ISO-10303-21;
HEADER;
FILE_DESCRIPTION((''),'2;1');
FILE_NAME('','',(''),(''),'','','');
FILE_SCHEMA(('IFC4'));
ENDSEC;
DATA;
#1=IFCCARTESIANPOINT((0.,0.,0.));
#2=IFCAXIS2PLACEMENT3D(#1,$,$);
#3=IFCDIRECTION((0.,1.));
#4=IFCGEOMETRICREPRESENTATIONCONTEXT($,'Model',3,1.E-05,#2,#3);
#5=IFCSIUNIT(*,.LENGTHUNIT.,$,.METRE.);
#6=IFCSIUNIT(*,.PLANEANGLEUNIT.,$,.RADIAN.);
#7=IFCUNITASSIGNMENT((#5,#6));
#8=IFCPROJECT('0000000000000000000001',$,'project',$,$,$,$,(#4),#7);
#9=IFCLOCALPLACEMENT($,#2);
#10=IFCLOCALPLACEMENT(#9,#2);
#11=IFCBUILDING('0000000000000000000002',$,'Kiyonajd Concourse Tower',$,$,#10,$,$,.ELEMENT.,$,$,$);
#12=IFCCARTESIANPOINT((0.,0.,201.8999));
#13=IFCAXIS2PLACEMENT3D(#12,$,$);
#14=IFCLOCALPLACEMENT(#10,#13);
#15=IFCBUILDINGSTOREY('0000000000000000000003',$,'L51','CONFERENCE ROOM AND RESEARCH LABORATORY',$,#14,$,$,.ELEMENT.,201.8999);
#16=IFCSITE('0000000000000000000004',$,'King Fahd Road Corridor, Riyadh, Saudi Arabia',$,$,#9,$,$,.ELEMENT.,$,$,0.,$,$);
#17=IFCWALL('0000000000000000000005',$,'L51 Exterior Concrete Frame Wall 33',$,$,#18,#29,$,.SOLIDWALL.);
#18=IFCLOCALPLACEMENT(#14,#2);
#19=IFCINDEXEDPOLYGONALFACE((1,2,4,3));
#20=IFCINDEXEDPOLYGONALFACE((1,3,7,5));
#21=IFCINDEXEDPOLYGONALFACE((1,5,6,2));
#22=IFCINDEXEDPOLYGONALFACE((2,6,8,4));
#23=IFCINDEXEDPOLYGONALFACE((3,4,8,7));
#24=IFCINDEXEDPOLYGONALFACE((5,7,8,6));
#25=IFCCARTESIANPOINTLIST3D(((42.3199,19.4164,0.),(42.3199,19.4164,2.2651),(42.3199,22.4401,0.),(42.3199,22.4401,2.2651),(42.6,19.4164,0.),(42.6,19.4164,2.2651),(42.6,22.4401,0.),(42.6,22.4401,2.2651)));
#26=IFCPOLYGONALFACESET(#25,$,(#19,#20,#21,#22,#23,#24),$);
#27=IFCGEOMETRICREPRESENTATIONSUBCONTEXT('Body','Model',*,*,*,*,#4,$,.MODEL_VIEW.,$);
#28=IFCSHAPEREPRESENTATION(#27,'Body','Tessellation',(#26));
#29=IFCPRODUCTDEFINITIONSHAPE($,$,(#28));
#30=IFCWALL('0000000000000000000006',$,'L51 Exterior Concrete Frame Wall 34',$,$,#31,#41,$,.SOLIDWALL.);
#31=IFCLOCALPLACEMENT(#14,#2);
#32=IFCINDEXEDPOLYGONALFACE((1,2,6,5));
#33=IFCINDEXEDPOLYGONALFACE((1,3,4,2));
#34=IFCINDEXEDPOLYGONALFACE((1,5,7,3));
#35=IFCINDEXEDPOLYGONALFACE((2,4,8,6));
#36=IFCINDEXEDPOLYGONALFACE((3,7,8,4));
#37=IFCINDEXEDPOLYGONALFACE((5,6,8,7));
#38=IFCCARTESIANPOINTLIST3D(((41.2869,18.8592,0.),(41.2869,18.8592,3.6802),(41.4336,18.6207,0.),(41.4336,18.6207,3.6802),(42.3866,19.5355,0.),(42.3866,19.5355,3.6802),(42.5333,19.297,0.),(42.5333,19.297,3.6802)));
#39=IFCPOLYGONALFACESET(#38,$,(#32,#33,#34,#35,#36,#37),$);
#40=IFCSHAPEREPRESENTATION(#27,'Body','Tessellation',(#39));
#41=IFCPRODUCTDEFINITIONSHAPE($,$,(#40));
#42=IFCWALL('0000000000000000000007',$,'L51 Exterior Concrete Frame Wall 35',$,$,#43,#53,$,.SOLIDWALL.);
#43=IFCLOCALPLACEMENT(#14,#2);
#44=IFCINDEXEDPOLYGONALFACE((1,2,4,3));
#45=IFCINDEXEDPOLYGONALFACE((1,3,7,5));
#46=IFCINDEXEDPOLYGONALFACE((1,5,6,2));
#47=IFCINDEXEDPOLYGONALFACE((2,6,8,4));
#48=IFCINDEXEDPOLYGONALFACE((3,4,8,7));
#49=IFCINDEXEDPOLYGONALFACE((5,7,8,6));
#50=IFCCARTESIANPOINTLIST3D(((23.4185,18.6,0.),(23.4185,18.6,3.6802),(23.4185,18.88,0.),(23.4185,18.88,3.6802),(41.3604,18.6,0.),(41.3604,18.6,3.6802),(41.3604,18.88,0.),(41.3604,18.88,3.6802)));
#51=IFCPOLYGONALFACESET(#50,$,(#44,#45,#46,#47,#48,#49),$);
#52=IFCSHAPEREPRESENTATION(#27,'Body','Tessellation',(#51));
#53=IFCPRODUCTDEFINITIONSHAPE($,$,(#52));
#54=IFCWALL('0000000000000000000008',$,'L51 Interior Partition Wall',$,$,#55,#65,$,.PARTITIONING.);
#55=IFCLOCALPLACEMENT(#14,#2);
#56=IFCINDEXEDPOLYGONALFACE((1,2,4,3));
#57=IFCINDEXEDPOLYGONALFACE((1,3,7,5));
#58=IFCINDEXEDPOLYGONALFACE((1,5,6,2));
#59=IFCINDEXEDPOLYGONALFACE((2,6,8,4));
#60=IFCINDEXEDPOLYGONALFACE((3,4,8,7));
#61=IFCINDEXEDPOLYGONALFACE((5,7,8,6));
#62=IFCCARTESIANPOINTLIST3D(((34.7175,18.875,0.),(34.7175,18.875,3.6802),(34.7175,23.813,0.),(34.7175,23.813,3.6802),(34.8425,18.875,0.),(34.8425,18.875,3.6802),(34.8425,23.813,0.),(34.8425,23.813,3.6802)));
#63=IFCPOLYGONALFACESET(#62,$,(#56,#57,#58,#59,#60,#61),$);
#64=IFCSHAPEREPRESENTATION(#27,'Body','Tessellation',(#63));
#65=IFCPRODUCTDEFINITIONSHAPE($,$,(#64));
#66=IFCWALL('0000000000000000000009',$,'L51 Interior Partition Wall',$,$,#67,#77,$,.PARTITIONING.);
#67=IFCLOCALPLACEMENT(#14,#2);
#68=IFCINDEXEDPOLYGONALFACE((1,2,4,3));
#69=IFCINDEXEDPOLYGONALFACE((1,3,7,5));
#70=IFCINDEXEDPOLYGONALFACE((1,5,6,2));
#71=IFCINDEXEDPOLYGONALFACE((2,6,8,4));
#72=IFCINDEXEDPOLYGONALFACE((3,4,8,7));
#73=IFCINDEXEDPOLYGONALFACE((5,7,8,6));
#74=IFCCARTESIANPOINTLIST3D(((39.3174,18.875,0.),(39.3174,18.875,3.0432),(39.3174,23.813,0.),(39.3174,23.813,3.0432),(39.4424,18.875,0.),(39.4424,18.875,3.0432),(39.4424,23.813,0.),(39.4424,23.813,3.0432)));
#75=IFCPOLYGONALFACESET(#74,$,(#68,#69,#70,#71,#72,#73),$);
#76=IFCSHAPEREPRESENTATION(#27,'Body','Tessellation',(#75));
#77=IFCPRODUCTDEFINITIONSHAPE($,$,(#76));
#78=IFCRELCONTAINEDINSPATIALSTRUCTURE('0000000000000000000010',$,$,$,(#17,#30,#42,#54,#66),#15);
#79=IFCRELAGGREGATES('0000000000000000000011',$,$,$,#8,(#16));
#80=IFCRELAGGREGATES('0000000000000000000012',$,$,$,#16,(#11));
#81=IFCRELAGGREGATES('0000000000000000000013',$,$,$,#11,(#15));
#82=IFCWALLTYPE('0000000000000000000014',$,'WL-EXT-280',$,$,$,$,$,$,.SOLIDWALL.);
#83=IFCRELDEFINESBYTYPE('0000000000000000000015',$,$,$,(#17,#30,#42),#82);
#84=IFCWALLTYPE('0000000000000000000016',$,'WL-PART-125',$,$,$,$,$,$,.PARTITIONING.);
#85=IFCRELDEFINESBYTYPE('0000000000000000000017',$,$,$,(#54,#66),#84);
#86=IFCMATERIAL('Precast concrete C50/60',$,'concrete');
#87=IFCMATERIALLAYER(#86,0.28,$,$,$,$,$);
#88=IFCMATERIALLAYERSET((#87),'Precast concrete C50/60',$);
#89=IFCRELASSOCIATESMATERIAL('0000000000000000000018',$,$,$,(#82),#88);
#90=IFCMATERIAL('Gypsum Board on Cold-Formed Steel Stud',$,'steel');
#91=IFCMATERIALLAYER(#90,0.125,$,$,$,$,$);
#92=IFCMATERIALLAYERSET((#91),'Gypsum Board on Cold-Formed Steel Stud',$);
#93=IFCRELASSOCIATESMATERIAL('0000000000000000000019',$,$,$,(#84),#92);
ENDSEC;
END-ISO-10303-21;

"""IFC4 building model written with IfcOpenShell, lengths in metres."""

from ifc_helpers import new_model, si_unit, direction, frame, frame_2d, origin, place, context, subcontext, project, spatial, rectangle, extrude, material, layer, layer_set, type_object, element, save


model = new_model("IFC4")

# Units and contexts
model_context = context("Model", 3, precision=1e-05, world=origin(), true_north=direction((0.0, 1.0)))
body_context = subcontext(model_context, "Body", "Model", "MODEL_VIEW")
ifc_project = project(units=[si_unit("LENGTHUNIT", "METRE"), si_unit("PLANEANGLEUNIT", "RADIAN")], contexts=[model_context])

# Site, building, storey
site_placement = place(None, origin())
site = spatial("IfcSite", under=ifc_project, at=site_placement, Name="King Fahd Road Corridor, Riyadh, Saudi Arabia", CompositionType="ELEMENT", RefElevation=0.0)
building_placement = place(site_placement, origin())
building = spatial("IfcBuilding", under=site, at=building_placement, Name="Kiyonajd Concourse Tower", CompositionType="ELEMENT")
storey_placement = place(building_placement, frame((0.0, 0.0, 201.8999)))
storey = spatial("IfcBuildingStorey", under=building, at=storey_placement, Name="L51", Description="CONFERENCE ROOM AND RESEARCH LABORATORY", CompositionType="ELEMENT", Elevation=201.8999)

# Walls
ifc_material_1 = material(Name="Precast concrete C50/60", Category="concrete")
ifc_layer_1 = layer(ifc_material_1, 0.28)
ifc_layer_set_1 = layer_set([ifc_layer_1], Name="Precast concrete C50/60")
wall_type_1 = type_object("IfcWallType", Name="WL-EXT-280", PredefinedType="SOLIDWALL", material=ifc_layer_set_1)
wall_1_placement = place(storey_placement, frame((42.46, 22.4399, 0.0), z_axis=(0.0, 0.0, 1.0), x_axis=(0.0, -1.0, 0.0)))
element("IfcWall", 1, at=wall_1_placement, inside=storey, type_object=wall_type_1, Name="L51 Exterior Concrete Frame Wall 33", PredefinedType="SOLIDWALL", context=body_context, shape_type="SweptSolid", body=[
    extrude(rectangle(XDim=3.0237, YDim=0.28, at=frame_2d((1.5117, 0.0))), origin(), (0.0, 0.0, 1.0), 2.2651),
])
wall_2_placement = place(storey_placement, frame((42.46, 19.4163, 0.0), z_axis=(0.0, 0.0, 1.0), x_axis=(-0.851801, -0.523865, 0.0)))
element("IfcWall", 2, at=wall_2_placement, inside=storey, type_object=wall_type_1, Name="L51 Exterior Concrete Frame Wall 34", PredefinedType="SOLIDWALL", context=body_context, shape_type="SweptSolid", body=[
    extrude(rectangle(XDim=1.291, YDim=0.28, at=frame_2d((0.6455, 0.0))), origin(), (0.0, 0.0, 1.0), 3.6802),
])
wall_3_placement = place(storey_placement, frame((41.3604, 18.74, 0.0), z_axis=(0.0, 0.0, 1.0), x_axis=(-1.0, 0.0, 0.0)))
element("IfcWall", 3, at=wall_3_placement, inside=storey, type_object=wall_type_1, Name="L51 Exterior Concrete Frame Wall 35", PredefinedType="SOLIDWALL", context=body_context, shape_type="SweptSolid", body=[
    extrude(rectangle(XDim=17.9419, YDim=0.28, at=frame_2d((8.9709, 0.0))), origin(), (0.0, 0.0, 1.0), 3.6802),
])
ifc_material_2 = material(Name="Gypsum Board on Cold-Formed Steel Stud", Category="steel")
ifc_layer_2 = layer(ifc_material_2, 0.125)
ifc_layer_set_2 = layer_set([ifc_layer_2], Name="Gypsum Board on Cold-Formed Steel Stud")
wall_type_2 = type_object("IfcWallType", Name="WL-PART-125", PredefinedType="PARTITIONING", material=ifc_layer_set_2)
wall_4_placement = place(storey_placement, frame((34.78, 18.875, 0.0), z_axis=(0.0, 0.0, 1.0), x_axis=(0.0, 1.0, 0.0)))
element("IfcWall", 4, at=wall_4_placement, inside=storey, type_object=wall_type_2, Name="L51 Interior Partition Wall", PredefinedType="PARTITIONING", context=body_context, shape_type="SweptSolid", body=[
    extrude(rectangle(XDim=4.938, YDim=0.125, at=frame_2d((2.469, 0.0))), origin(), (0.0, 0.0, 1.0), 3.6802),
])
wall_5_placement = place(storey_placement, frame((39.3799, 18.875, 0.0), z_axis=(0.0, 0.0, 1.0), x_axis=(0.0, 1.0, 0.0)))
element("IfcWall", 5, at=wall_5_placement, inside=storey, type_object=wall_type_2, Name="L51 Interior Partition Wall", PredefinedType="PARTITIONING", context=body_context, shape_type="SweptSolid", body=[
    extrude(rectangle(XDim=4.938, YDim=0.125, at=frame_2d((2.469, 0.0))), origin(), (0.0, 0.0, 1.0), 3.0432),
])

save(model, "model.ifc")
